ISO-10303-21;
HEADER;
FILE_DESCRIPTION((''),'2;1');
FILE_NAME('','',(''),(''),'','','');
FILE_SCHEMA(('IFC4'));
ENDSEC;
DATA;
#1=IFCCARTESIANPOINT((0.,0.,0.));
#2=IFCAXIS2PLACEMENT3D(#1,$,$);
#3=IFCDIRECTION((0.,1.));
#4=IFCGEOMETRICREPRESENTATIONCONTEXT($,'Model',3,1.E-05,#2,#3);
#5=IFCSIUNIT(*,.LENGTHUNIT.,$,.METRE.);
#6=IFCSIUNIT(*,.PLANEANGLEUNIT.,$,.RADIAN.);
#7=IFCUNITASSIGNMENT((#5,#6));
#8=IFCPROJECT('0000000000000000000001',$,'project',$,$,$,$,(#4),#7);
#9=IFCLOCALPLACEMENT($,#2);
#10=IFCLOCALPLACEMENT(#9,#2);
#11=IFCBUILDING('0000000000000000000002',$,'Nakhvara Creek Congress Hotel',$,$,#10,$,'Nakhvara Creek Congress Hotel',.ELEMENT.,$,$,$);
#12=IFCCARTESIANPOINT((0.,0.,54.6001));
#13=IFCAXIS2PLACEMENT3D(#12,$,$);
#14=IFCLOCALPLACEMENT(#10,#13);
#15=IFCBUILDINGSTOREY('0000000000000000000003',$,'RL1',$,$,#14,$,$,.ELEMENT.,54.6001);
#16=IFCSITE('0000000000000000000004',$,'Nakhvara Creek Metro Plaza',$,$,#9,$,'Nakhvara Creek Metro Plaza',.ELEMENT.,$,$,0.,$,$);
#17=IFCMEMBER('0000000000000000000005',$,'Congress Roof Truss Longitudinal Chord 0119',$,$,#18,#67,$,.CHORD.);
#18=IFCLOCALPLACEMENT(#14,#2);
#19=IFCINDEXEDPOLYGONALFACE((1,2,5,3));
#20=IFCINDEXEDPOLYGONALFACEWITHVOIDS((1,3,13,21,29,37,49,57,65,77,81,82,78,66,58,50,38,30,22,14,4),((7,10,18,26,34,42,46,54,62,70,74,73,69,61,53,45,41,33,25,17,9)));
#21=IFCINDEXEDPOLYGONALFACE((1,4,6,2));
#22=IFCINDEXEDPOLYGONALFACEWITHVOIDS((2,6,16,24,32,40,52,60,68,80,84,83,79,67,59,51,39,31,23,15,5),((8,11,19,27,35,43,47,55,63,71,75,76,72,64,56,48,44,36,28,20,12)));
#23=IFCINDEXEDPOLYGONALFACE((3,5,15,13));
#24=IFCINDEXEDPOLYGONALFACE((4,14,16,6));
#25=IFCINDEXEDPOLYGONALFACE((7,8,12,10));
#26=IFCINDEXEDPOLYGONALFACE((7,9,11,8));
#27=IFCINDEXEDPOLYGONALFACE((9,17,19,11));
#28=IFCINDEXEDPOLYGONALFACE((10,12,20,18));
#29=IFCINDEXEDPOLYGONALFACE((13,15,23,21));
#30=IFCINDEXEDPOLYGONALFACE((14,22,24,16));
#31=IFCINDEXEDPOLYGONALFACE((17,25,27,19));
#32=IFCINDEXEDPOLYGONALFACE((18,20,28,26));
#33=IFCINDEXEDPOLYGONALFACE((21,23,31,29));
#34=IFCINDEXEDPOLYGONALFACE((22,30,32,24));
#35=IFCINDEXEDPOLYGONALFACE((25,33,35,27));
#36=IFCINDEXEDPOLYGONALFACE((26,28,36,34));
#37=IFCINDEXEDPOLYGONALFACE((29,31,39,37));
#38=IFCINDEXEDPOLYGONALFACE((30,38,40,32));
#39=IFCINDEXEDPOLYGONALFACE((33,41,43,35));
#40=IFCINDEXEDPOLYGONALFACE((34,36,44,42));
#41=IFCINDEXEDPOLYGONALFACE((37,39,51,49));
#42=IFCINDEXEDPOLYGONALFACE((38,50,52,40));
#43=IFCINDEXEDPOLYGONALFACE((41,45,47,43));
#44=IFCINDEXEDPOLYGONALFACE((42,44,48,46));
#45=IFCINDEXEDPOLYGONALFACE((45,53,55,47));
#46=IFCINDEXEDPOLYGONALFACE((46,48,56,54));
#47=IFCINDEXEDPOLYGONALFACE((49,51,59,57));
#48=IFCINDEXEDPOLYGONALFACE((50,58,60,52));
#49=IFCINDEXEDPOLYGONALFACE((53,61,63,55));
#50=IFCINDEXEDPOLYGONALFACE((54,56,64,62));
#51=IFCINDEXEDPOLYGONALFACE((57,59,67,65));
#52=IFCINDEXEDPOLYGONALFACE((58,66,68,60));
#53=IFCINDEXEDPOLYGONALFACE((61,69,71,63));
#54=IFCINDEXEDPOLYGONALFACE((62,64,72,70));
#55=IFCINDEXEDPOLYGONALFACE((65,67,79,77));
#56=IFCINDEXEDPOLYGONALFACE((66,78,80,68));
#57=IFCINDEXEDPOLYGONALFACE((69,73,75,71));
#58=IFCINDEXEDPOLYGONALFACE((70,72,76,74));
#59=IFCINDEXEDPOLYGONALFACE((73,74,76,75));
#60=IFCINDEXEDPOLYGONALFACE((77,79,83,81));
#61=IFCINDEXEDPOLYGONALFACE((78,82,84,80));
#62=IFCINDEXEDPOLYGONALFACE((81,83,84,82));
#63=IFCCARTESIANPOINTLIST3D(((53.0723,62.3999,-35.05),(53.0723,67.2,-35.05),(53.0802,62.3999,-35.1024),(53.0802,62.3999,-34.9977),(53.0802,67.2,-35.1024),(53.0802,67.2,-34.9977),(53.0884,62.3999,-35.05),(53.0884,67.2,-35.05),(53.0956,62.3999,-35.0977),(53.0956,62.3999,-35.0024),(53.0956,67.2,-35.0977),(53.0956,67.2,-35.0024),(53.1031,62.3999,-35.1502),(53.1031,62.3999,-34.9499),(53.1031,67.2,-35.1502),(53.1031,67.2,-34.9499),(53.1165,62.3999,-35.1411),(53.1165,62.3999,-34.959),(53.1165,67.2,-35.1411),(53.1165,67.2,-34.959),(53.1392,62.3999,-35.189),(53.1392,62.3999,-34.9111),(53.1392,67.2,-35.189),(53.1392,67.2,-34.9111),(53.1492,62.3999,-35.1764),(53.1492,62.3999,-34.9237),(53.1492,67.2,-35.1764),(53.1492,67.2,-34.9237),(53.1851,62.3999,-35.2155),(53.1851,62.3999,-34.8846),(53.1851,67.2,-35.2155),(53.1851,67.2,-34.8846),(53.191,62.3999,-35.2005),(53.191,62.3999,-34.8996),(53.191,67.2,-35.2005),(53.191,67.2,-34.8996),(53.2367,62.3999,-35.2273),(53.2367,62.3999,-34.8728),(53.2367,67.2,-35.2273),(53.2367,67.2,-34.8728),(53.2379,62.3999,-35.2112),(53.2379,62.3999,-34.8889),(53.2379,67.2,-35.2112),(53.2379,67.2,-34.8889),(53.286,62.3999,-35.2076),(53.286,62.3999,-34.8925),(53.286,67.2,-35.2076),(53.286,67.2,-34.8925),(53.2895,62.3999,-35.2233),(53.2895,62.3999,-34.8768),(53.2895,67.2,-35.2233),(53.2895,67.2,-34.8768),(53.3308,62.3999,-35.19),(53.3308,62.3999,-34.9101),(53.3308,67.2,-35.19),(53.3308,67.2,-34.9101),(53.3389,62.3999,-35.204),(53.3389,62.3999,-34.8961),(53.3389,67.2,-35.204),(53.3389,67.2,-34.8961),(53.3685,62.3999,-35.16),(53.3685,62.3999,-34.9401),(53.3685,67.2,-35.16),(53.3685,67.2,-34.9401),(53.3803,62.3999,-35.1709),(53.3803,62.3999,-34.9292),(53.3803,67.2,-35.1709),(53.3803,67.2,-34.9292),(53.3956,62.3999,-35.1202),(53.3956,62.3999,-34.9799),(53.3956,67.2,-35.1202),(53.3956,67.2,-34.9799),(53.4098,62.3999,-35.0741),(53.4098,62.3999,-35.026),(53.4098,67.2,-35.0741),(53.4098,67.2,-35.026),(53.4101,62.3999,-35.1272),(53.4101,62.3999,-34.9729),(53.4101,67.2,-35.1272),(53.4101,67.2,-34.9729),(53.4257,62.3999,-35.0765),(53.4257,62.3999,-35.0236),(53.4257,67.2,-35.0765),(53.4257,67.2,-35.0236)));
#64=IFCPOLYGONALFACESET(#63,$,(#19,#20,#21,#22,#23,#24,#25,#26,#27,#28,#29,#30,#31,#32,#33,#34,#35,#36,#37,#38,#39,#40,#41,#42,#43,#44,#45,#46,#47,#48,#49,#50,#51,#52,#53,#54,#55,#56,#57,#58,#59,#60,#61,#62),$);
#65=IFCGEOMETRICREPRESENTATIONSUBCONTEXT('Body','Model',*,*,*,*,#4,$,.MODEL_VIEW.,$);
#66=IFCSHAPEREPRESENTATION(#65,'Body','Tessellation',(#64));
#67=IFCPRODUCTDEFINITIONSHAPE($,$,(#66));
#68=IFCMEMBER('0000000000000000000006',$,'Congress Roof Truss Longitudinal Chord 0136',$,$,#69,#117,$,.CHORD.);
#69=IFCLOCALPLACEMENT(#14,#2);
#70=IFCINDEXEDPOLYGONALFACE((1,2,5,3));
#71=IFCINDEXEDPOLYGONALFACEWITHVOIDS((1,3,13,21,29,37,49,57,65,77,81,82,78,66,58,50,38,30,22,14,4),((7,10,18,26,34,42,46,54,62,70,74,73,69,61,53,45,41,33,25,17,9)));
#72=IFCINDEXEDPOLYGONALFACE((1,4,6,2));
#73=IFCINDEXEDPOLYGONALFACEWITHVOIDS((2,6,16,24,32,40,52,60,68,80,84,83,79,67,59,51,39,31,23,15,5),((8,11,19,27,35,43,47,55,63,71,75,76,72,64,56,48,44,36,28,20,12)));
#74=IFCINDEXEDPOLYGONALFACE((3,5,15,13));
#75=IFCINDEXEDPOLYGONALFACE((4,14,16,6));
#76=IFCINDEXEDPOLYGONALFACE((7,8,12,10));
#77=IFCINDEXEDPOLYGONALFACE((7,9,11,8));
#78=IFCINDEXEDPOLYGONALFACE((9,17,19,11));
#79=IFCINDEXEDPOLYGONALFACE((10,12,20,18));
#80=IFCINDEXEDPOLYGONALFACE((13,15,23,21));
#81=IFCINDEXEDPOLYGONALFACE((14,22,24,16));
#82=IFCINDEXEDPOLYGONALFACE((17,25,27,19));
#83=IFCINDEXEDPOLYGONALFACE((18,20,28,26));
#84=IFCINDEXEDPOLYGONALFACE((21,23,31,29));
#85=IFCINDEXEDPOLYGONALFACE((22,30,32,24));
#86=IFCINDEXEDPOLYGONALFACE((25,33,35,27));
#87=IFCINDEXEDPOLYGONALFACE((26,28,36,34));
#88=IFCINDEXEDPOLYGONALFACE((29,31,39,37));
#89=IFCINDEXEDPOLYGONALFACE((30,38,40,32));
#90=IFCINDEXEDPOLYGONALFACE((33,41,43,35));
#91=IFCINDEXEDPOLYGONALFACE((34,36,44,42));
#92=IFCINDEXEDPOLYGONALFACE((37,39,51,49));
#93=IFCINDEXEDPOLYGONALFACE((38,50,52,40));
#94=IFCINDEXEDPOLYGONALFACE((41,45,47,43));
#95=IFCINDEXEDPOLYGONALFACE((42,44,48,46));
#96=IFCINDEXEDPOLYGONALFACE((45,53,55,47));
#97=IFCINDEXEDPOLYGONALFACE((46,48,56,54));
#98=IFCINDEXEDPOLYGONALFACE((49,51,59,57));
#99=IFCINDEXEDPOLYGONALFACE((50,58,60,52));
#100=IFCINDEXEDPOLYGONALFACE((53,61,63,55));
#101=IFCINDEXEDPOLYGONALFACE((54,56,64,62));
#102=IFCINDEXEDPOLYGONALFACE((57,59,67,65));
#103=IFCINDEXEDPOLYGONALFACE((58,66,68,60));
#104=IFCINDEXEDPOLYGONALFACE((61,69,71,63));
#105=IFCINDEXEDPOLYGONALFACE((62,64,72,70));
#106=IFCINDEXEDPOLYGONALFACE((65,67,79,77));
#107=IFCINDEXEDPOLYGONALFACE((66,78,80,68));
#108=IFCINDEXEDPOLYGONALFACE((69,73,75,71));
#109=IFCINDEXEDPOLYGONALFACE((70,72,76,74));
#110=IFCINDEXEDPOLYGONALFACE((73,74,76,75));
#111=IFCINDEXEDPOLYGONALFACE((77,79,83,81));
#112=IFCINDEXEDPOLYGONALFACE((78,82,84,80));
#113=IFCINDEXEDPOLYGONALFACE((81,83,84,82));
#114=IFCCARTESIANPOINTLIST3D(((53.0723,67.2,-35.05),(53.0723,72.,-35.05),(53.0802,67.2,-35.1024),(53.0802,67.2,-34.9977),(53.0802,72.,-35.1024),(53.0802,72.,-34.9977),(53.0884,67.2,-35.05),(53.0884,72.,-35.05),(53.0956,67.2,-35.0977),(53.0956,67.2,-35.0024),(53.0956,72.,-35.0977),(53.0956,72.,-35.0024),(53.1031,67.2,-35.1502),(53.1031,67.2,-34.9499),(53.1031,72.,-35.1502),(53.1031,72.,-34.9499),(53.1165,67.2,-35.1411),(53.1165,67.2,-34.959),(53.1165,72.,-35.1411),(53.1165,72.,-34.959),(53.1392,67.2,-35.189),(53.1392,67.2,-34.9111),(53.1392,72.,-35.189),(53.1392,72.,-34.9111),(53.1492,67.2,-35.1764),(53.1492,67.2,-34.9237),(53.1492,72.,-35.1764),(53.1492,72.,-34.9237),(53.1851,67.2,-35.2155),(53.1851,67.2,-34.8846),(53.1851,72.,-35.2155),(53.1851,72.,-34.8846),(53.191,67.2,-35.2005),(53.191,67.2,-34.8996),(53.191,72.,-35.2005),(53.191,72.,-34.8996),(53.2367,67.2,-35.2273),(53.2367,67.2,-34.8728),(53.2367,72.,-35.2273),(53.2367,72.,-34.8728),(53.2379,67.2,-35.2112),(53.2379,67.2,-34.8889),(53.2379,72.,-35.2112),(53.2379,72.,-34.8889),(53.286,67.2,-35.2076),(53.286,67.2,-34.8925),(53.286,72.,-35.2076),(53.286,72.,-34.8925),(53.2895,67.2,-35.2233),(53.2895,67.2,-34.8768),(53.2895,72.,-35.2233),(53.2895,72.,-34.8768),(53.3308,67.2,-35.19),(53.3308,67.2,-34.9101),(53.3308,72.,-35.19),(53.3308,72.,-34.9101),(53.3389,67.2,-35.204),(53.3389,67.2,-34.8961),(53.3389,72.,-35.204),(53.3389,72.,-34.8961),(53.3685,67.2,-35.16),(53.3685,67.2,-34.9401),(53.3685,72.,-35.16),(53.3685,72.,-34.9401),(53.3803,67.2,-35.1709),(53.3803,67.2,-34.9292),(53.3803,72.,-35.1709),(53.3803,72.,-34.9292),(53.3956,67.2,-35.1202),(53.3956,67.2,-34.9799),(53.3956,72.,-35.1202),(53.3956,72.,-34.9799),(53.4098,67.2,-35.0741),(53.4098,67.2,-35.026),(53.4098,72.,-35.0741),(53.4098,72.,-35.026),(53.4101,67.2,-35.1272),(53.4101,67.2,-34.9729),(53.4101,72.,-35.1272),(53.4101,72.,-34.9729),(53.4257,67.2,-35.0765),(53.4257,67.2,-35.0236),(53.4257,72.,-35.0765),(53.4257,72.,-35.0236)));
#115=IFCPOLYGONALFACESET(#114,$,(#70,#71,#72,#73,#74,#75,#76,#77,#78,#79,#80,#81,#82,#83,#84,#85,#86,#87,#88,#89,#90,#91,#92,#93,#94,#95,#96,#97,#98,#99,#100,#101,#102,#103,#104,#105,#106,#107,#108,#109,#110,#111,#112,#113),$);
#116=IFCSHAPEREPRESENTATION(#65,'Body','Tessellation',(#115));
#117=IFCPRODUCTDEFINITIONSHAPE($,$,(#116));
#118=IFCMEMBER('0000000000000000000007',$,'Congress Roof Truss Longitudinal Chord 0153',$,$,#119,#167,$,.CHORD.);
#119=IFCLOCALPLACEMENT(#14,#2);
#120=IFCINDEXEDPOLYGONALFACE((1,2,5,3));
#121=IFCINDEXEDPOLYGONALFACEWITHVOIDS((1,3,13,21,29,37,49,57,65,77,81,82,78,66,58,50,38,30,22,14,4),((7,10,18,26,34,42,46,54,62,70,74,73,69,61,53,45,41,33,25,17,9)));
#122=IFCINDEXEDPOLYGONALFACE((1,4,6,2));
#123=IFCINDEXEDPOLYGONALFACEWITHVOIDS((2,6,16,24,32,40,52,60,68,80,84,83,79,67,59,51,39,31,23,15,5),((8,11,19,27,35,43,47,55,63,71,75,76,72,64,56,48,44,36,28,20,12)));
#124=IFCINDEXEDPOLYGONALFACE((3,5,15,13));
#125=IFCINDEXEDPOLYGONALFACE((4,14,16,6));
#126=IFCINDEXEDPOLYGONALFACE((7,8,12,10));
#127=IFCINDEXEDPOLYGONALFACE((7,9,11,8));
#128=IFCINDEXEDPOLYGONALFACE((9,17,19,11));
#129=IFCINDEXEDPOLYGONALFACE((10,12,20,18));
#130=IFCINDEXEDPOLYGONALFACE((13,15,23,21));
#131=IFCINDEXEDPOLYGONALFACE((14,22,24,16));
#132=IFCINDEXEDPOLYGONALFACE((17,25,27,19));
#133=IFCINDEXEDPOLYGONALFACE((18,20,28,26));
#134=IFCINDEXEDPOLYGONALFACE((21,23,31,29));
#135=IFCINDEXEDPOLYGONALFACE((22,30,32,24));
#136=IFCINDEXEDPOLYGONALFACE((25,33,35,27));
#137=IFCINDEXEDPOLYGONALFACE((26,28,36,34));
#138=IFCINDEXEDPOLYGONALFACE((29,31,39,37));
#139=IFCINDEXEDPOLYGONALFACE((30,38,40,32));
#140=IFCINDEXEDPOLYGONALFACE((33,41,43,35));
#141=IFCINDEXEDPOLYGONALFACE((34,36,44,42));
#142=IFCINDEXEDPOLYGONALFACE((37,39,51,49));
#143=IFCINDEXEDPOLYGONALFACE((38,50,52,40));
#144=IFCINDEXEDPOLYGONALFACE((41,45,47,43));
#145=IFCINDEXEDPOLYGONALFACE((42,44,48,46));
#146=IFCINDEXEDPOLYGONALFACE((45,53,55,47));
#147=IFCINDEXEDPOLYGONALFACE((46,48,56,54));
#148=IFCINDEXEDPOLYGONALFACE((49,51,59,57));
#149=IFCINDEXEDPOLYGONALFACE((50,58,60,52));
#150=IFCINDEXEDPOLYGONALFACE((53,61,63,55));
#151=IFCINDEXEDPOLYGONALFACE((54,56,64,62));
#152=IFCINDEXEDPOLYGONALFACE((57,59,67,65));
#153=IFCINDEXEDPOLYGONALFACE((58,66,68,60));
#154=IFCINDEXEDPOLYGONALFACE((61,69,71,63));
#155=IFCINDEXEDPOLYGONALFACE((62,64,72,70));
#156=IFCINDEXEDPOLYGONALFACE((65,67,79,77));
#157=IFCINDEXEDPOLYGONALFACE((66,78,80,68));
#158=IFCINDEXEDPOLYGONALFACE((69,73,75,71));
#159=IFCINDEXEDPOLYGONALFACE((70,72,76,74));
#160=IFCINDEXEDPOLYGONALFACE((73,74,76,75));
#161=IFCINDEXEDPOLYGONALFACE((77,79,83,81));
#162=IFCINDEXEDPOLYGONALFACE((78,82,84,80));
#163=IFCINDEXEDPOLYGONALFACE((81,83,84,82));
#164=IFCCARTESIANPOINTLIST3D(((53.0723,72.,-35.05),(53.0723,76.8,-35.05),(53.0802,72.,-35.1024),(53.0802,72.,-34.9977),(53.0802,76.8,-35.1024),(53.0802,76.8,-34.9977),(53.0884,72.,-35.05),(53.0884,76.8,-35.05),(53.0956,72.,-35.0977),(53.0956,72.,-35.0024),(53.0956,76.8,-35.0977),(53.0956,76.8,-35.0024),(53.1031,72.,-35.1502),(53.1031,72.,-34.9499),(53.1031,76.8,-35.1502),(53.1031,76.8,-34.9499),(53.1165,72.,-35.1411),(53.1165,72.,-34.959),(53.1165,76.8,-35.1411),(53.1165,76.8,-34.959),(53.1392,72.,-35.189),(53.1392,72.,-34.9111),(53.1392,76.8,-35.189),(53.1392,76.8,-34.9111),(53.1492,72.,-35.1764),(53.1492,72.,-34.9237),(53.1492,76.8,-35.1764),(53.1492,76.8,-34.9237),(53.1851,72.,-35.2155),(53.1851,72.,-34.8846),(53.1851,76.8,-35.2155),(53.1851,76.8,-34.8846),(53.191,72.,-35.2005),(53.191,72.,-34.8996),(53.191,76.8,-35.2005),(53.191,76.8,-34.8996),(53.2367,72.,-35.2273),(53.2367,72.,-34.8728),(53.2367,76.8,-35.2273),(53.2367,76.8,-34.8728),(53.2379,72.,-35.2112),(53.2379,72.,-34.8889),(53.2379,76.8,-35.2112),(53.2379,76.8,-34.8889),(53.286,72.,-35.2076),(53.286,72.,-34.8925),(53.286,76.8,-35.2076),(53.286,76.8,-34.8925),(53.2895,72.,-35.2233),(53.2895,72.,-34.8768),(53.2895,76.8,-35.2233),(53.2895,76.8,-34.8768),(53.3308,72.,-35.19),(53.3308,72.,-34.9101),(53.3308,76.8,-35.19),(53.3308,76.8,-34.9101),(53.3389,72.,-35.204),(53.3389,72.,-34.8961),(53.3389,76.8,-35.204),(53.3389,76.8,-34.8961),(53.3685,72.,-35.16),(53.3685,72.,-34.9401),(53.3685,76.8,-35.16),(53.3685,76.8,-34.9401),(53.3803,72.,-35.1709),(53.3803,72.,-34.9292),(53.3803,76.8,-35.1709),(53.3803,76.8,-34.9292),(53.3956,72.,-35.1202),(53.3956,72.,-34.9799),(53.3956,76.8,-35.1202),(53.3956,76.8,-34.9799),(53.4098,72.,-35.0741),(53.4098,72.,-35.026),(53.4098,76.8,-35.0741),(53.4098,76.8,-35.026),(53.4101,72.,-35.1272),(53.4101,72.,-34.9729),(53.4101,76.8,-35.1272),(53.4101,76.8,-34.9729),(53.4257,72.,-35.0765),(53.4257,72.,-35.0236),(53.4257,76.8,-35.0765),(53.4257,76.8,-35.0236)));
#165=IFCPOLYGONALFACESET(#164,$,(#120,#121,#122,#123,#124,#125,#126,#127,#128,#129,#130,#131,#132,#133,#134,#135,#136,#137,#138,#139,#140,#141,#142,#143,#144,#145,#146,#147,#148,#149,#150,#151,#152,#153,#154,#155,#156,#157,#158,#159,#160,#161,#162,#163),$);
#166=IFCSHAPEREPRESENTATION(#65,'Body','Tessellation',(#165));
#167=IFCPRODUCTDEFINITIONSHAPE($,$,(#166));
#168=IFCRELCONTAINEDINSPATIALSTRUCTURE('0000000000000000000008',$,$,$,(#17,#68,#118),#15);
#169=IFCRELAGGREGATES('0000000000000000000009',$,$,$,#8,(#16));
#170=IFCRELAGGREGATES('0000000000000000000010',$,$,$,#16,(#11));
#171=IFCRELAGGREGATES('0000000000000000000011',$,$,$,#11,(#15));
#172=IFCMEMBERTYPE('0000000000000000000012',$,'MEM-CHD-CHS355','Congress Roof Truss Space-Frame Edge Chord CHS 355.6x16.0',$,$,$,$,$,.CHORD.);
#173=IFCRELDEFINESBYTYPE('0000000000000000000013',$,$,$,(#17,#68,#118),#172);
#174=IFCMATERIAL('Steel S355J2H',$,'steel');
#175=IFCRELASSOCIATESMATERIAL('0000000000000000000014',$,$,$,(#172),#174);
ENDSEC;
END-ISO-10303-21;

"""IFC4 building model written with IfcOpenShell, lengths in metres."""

from ifc_helpers import new_model, si_unit, direction, frame, origin, origin_2d, place, context, subcontext, project, spatial, hollow_circle, extrude, material, material_profile, profile_set, type_object, element, save


model = new_model("IFC4")

# Units and contexts
model_context = context("Model", 3, precision=1e-05, world=origin(), true_north=direction((0.0, 1.0)))
body_context = subcontext(model_context, "Body", "Model", "MODEL_VIEW")
ifc_project = project(units=[si_unit("LENGTHUNIT", "METRE"), si_unit("PLANEANGLEUNIT", "RADIAN")], contexts=[model_context])

# Site, building, storey
site_placement = place(None, origin())
site = spatial("IfcSite", under=ifc_project, at=site_placement, Name="Nakhvara Creek Metro Plaza", LongName="Nakhvara Creek Metro Plaza", CompositionType="ELEMENT", RefElevation=0.0)
building_placement = place(site_placement, origin())
building = spatial("IfcBuilding", under=site, at=building_placement, Name="Nakhvara Creek Congress Hotel", LongName="Nakhvara Creek Congress Hotel", CompositionType="ELEMENT")
storey_placement = place(building_placement, frame((0.0, 0.0, 54.6001)))
storey = spatial("IfcBuildingStorey", under=building, at=storey_placement, Name="RL1", CompositionType="ELEMENT", Elevation=54.6001)

# Members
ifc_material_1 = material(Name="Steel S355J2H", Category="steel")
ifc_material_profile_1 = material_profile(ifc_material_1, hollow_circle(Radius=0.1777, WallThickness=0.0161, at=origin_2d()), Name="CHS 355.6x16.0", Category="LoadBearing")
ifc_profile_set_1 = profile_set([ifc_material_profile_1], Name="Steel S355J2H")
member_type_1 = type_object("IfcMemberType", Name="MEM-CHD-CHS355", Description="Congress Roof Truss Space-Frame Edge Chord CHS 355.6x16.0", PredefinedType="CHORD", material=ifc_profile_set_1)
for number, where, z_axis, x_axis, name in (
    (1, (53.25, 62.3999, -35.05), (0.0, 1.0, 0.0), (-1.0, 0.0, 0.0), "Congress Roof Truss Longitudinal Chord 0119"),
    (2, (53.25, 67.2, -35.05), (0.0, 1.0, 0.0), (-1.0, 0.0, 0.0), "Congress Roof Truss Longitudinal Chord 0136"),
    (3, (53.25, 72.0, -35.05), (0.0, 1.0, 0.0), (-1.0, 0.0, 0.0), "Congress Roof Truss Longitudinal Chord 0153"),
):
    element("IfcMember", number, at=place(storey_placement, frame(where, z_axis=z_axis, x_axis=x_axis)), inside=storey, type_object=member_type_1, Name=name, PredefinedType="CHORD", context=body_context, shape_type="SweptSolid", body=[
        extrude(hollow_circle(Radius=0.1777, WallThickness=0.0161, at=origin_2d()), origin(), (0.0, 0.0, 1.0), 4.8),
    ])

save(model, "model.ifc")
